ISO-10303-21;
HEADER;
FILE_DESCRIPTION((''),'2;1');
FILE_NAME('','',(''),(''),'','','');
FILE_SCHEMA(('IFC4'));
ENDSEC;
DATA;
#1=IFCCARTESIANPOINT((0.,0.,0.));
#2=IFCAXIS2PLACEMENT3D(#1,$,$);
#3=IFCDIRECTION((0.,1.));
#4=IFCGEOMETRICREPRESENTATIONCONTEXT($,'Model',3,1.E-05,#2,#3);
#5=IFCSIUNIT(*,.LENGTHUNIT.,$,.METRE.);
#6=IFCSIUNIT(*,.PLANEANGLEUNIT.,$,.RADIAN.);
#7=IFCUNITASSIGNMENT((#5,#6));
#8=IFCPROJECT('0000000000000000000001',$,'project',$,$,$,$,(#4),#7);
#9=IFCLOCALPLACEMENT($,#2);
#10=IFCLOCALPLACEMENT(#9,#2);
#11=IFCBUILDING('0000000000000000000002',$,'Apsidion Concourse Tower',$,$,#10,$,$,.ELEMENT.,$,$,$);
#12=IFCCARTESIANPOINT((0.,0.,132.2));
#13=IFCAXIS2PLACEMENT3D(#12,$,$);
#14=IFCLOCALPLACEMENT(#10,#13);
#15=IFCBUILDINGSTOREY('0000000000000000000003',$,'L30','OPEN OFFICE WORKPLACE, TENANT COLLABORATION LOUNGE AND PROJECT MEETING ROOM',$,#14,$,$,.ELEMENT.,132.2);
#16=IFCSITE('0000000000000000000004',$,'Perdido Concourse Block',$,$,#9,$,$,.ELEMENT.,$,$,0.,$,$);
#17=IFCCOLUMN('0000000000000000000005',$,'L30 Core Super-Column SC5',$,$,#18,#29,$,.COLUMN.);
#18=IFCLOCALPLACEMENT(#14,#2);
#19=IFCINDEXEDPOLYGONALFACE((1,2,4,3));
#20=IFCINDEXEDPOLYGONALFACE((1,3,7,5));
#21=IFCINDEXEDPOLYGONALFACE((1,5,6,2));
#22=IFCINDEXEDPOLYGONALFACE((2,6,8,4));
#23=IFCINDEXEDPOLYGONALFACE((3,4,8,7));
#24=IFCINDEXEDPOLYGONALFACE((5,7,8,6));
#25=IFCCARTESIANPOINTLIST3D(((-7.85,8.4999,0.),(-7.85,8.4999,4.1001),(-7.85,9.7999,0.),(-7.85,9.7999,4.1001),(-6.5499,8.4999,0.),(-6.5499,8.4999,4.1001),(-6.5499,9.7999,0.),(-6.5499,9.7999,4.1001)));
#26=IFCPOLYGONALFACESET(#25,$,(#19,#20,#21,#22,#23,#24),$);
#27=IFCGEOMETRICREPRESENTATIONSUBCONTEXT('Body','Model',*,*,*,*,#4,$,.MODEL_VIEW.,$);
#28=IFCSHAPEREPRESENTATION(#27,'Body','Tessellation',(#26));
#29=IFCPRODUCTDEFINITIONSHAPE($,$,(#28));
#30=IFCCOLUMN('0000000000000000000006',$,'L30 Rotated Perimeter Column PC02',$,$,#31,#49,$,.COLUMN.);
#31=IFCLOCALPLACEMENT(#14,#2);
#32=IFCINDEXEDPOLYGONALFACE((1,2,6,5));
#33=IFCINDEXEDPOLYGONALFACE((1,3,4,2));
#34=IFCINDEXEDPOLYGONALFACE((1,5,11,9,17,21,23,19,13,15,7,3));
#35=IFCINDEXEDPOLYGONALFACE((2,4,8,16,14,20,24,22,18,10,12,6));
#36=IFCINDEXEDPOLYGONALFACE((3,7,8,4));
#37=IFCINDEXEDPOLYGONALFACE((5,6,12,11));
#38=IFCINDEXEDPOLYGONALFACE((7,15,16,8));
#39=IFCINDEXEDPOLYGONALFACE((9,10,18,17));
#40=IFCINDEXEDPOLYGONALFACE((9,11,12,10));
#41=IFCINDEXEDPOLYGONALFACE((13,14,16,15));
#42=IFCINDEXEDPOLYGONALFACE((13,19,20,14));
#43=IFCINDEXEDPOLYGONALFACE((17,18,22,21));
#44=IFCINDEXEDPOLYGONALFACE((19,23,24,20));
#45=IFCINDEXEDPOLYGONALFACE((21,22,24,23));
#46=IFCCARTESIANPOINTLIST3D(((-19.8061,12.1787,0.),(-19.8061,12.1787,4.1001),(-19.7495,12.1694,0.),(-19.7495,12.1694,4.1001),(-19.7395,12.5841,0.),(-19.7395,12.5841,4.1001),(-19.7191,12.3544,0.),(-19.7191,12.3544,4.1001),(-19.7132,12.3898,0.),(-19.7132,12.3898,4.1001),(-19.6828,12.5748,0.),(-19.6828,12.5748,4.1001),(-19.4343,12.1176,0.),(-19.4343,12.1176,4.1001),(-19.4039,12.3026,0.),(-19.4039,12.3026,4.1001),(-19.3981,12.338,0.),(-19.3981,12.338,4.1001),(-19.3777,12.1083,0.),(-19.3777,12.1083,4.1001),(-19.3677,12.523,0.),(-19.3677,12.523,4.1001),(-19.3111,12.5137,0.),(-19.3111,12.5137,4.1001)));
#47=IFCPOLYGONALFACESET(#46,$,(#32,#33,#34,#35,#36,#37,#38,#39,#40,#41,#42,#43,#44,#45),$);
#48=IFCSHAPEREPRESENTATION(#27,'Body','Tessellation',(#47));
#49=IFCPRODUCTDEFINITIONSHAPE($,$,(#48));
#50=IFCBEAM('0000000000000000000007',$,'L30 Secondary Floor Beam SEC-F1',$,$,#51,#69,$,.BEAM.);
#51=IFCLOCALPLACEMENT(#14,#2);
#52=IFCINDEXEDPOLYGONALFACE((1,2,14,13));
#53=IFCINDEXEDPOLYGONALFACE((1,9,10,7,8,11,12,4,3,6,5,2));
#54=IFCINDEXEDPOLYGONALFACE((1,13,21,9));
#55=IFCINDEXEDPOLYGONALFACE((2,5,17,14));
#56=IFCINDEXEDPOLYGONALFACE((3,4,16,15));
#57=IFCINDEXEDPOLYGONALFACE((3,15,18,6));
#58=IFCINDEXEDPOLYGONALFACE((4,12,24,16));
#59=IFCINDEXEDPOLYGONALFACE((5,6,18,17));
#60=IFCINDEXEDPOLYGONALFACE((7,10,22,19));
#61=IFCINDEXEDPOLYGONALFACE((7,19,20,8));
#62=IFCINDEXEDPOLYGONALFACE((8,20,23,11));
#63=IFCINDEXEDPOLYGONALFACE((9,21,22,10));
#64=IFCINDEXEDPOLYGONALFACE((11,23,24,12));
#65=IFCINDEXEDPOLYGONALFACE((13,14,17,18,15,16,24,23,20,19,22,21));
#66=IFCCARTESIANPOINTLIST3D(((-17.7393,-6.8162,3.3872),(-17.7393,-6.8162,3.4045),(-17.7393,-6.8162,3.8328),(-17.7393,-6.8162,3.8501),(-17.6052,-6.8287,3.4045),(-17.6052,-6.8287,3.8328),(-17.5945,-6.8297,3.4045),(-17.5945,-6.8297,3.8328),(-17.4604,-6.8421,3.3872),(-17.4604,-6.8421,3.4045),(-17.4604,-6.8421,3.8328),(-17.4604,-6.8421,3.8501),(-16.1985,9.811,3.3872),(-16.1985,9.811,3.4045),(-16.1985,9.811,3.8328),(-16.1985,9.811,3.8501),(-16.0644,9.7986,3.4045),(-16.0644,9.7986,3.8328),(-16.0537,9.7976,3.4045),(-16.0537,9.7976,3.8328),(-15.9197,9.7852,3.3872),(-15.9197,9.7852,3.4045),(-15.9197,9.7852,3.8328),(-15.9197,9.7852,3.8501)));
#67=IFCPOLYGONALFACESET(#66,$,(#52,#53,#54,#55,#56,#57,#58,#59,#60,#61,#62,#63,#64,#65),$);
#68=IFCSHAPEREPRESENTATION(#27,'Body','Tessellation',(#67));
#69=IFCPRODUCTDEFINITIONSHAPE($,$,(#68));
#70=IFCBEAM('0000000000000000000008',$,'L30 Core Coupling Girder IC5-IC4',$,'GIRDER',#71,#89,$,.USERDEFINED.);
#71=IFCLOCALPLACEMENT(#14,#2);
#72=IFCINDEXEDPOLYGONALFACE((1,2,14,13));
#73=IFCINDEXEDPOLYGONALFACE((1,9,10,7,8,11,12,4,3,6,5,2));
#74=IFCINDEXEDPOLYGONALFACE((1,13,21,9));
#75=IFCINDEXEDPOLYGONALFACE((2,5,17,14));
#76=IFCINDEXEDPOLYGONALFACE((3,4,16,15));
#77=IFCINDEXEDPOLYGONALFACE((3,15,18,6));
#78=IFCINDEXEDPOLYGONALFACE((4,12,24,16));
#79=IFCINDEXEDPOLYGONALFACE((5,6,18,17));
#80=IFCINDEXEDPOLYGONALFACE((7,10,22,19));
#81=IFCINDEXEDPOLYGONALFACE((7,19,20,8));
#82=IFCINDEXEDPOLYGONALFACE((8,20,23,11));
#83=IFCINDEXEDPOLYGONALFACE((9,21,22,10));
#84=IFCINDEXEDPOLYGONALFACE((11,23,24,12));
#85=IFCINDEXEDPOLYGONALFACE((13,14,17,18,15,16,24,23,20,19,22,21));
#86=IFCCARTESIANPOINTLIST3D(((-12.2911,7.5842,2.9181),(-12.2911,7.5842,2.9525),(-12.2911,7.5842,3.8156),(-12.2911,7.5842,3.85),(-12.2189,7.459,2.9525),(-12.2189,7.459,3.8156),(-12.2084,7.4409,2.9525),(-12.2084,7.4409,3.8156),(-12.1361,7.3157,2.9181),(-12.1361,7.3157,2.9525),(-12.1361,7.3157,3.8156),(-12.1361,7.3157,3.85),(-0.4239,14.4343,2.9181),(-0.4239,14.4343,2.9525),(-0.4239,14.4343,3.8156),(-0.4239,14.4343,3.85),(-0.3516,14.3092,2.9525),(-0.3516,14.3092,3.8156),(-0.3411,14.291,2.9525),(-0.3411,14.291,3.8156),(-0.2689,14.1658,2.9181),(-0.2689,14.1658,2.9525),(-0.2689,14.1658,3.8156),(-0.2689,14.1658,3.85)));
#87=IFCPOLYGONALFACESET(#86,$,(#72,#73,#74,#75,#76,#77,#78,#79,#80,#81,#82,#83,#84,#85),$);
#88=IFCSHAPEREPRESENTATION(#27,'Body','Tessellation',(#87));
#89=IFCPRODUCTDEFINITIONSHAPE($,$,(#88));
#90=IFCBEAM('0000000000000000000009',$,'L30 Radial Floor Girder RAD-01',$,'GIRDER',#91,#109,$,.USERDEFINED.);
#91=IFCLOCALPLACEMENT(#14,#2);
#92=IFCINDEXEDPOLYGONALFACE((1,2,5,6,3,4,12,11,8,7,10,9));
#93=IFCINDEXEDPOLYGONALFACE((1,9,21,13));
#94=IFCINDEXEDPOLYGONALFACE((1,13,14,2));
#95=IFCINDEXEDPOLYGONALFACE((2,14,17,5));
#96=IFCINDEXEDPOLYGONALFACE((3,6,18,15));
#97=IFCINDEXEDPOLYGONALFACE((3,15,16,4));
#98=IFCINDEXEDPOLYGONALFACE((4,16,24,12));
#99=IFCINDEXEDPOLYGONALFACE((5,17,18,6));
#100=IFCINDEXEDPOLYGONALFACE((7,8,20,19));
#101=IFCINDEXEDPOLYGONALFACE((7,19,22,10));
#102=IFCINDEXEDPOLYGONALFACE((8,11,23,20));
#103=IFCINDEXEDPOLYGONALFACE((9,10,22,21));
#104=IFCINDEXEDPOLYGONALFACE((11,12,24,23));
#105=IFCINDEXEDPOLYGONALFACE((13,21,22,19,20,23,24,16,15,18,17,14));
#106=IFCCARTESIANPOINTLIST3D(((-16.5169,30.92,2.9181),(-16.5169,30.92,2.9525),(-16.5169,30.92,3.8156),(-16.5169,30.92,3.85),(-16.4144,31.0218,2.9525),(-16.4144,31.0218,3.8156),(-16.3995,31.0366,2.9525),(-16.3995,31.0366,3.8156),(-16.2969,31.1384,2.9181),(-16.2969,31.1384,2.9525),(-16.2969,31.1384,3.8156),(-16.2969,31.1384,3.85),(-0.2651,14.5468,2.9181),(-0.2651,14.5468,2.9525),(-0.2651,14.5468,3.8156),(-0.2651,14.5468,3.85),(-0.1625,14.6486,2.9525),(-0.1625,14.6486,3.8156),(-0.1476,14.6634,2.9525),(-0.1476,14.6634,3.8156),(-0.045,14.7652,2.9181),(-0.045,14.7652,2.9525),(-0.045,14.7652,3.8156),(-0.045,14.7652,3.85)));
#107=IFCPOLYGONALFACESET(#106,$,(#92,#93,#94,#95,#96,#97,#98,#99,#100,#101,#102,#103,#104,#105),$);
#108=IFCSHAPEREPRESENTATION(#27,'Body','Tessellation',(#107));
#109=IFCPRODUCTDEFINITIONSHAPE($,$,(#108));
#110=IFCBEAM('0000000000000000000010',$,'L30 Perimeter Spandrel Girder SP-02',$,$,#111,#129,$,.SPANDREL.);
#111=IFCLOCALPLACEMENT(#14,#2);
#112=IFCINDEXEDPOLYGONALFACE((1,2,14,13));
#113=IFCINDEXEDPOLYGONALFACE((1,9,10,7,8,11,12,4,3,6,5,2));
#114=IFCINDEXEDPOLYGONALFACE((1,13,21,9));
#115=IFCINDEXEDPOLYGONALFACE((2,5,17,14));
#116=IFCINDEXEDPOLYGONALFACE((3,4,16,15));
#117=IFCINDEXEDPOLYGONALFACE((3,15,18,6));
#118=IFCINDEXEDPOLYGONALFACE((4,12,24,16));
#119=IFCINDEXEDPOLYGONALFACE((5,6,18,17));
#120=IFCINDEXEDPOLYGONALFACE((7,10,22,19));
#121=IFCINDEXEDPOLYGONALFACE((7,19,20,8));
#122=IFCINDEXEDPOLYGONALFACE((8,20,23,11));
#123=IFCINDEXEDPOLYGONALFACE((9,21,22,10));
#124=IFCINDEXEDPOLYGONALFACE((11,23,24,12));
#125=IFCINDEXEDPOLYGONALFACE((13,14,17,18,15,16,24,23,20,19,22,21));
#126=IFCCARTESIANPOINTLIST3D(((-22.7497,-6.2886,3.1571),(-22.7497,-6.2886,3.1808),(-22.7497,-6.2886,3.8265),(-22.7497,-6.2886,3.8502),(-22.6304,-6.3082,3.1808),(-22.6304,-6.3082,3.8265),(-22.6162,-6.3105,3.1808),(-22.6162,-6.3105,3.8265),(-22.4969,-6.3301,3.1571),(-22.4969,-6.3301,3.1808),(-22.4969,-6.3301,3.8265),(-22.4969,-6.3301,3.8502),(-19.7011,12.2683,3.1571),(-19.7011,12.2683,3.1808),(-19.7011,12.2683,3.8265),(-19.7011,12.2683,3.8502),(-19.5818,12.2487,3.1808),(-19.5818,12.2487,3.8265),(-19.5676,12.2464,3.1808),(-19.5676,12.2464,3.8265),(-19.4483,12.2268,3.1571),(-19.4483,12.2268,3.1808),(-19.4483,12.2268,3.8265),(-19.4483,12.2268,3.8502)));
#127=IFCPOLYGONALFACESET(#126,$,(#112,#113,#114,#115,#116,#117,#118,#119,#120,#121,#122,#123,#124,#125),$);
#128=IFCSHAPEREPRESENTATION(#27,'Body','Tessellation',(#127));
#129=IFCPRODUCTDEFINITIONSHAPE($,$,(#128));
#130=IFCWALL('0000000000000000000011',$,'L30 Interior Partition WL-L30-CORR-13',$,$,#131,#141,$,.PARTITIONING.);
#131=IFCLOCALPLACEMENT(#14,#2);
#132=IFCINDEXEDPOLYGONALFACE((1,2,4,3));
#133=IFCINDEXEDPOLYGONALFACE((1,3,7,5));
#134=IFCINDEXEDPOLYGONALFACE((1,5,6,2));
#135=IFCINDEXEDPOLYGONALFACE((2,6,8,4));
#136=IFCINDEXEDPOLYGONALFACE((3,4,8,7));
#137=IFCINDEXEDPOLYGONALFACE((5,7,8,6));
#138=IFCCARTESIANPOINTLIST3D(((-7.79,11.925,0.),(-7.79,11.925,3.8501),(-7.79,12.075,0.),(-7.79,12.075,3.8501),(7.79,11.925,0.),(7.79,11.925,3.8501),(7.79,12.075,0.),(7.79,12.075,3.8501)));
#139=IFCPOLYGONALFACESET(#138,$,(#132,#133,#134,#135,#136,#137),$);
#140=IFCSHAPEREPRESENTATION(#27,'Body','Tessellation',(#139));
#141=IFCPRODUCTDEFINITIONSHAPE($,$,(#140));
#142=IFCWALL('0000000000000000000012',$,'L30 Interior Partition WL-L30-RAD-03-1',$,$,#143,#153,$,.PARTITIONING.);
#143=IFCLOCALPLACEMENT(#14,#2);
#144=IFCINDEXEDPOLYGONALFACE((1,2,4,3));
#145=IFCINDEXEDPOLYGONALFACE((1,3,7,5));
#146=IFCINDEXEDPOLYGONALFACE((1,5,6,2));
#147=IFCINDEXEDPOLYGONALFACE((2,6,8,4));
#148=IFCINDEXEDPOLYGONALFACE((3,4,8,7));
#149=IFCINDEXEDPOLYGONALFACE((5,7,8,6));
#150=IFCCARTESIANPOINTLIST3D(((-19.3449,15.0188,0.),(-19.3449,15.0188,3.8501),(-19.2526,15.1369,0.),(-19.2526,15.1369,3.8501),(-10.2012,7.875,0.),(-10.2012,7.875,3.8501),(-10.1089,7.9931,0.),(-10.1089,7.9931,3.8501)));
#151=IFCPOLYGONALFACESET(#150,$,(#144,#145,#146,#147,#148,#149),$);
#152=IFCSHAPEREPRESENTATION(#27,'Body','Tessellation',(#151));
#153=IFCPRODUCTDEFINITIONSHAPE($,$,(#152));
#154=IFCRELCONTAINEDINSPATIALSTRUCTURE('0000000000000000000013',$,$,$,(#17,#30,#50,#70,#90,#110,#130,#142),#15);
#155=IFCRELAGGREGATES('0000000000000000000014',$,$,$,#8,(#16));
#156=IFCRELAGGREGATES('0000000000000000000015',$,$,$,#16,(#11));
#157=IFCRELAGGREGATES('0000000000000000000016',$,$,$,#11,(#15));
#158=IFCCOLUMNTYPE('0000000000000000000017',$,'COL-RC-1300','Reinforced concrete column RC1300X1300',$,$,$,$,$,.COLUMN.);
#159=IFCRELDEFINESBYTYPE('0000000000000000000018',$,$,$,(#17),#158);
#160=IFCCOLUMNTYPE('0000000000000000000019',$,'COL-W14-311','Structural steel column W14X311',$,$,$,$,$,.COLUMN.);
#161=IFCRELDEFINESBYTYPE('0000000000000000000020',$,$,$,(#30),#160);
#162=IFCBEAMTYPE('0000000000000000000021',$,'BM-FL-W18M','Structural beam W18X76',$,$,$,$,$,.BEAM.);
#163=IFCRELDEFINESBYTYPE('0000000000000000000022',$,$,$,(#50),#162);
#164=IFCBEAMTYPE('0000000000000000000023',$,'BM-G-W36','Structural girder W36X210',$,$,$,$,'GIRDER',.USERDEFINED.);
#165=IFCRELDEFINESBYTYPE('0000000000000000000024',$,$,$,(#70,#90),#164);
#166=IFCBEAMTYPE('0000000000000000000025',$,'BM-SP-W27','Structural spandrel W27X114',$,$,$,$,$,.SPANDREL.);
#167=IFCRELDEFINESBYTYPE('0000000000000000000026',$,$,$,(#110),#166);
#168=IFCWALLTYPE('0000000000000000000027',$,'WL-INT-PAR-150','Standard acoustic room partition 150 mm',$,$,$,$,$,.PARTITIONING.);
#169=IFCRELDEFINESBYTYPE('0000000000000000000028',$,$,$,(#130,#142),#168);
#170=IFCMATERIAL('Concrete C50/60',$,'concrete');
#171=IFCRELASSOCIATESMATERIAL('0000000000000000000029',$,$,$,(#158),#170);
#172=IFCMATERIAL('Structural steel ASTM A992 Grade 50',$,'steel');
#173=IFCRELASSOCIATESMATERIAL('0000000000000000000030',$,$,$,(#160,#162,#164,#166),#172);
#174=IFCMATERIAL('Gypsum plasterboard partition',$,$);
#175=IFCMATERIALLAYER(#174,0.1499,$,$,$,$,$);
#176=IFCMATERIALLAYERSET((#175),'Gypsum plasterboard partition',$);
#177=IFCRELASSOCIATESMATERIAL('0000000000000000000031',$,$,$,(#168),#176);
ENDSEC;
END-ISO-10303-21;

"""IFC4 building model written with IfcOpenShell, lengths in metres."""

from ifc_helpers import new_model, si_unit, direction, frame, frame_2d, origin, origin_2d, place, context, subcontext, project, spatial, rectangle, i_section, extrude, material, layer, layer_set, material_profile, profile_set, type_object, element, save


model = new_model("IFC4")

# Units and contexts
model_context = context("Model", 3, precision=1e-05, world=origin(), true_north=direction((0.0, 1.0)))
body_context = subcontext(model_context, "Body", "Model", "MODEL_VIEW")
ifc_project = project(units=[si_unit("LENGTHUNIT", "METRE"), si_unit("PLANEANGLEUNIT", "RADIAN")], contexts=[model_context])

# Site, building, storey
site_placement = place(None, origin())
site = spatial("IfcSite", under=ifc_project, at=site_placement, Name="Perdido Concourse Block", CompositionType="ELEMENT", RefElevation=0.0)
building_placement = place(site_placement, origin())
building = spatial("IfcBuilding", under=site, at=building_placement, Name="Apsidion Concourse Tower", CompositionType="ELEMENT")
storey_placement = place(building_placement, frame((0.0, 0.0, 132.2)))
storey = spatial("IfcBuildingStorey", under=building, at=storey_placement, Name="L30", Description="OPEN OFFICE WORKPLACE, TENANT COLLABORATION LOUNGE AND PROJECT MEETING ROOM", CompositionType="ELEMENT", Elevation=132.2)

# Columns
ifc_material_1 = material(Name="Concrete C50/60", Category="concrete")
ifc_material_profile_1 = material_profile(ifc_material_1, rectangle(XDim=1.3, YDim=1.3, at=origin_2d()), Name="RC 1300x1300")
ifc_profile_set_1 = profile_set([ifc_material_profile_1], Name="Concrete C50/60")
column_type_1 = type_object("IfcColumnType", Name="COL-RC-1300", Description="Reinforced concrete column RC1300X1300", PredefinedType="COLUMN", material=ifc_profile_set_1)
column_1_placement = place(storey_placement, frame((-7.2, 9.1499, 0.0), z_axis=(0.0, 0.0, 1.0), x_axis=(1.0, 0.0, 0.0)))
element("IfcColumn", 1, at=column_1_placement, inside=storey, type_object=column_type_1, Name="L30 Core Super-Column SC5", PredefinedType="COLUMN", context=body_context, shape_type="SweptSolid", body=[
    extrude(rectangle(XDim=1.3, YDim=1.3, at=origin_2d()), origin(), (0.0, 0.0, 1.0), 4.1001),
])
ifc_material_2 = material(Name="Structural steel ASTM A992 Grade 50", Category="steel")
ifc_material_profile_2 = material_profile(ifc_material_2, i_section(OverallWidth=0.4109, OverallDepth=0.4341, WebThickness=0.0359, FlangeThickness=0.0574, at=origin_2d()), Name="W14X311")
ifc_profile_set_2 = profile_set([ifc_material_profile_2], Name="Structural steel ASTM A992 Grade 50")
column_type_2 = type_object("IfcColumnType", Name="COL-W14-311", Description="Structural steel column W14X311", PredefinedType="COLUMN", material=ifc_profile_set_2)
column_2_placement = place(storey_placement, frame((-19.5586, 12.3462, 0.0), z_axis=(0.0, 0.0, 1.0), x_axis=(0.162121, 0.986771, 0.0)))
element("IfcColumn", 2, at=column_2_placement, inside=storey, type_object=column_type_2, Name="L30 Rotated Perimeter Column PC02", PredefinedType="COLUMN", context=body_context, shape_type="SweptSolid", body=[
    extrude(i_section(OverallWidth=0.4109, OverallDepth=0.4341, WebThickness=0.0359, FlangeThickness=0.0574, at=origin_2d()), origin(), (0.0, 0.0, 1.0), 4.1001),
])

# Beams
ifc_material_profile_3 = material_profile(ifc_material_2, i_section(OverallWidth=0.28, OverallDepth=0.4629, WebThickness=0.0107, FlangeThickness=0.0173, at=origin_2d()), Name="W18X76")
ifc_profile_set_3 = profile_set([ifc_material_profile_3], Name="Structural steel ASTM A992 Grade 50")
beam_type_1 = type_object("IfcBeamType", Name="BM-FL-W18M", Description="Structural beam W18X76", PredefinedType="BEAM", material=ifc_profile_set_3)
beam_1_placement = place(storey_placement, frame((-16.0591, 9.7981, 3.6187), z_axis=(-0.09227, -0.995734, 0.0), x_axis=(0.995734, -0.09227, 0.0)))
element("IfcBeam", 3, at=beam_1_placement, inside=storey, type_object=beam_type_1, Name="L30 Secondary Floor Beam SEC-F1", PredefinedType="BEAM", context=body_context, shape_type="SweptSolid", body=[
    extrude(i_section(OverallWidth=0.28, OverallDepth=0.4629, WebThickness=0.0107, FlangeThickness=0.0173, at=origin_2d()), origin(), (0.0, 0.0, 1.0), 16.6985),
])
ifc_material_profile_4 = material_profile(ifc_material_2, i_section(OverallWidth=0.3101, OverallDepth=0.9319, WebThickness=0.021, FlangeThickness=0.0344, at=origin_2d()), Name="W36X210")
ifc_profile_set_4 = profile_set([ifc_material_profile_4], Name="Structural steel ASTM A992 Grade 50")
beam_type_2 = type_object("IfcBeamType", Name="BM-G-W36", Description="Structural girder W36X210", ElementType="GIRDER", PredefinedType="USERDEFINED", material=ifc_profile_set_4)
beam_2_placement = place(storey_placement, frame((-12.2136, 7.45, 3.384), z_axis=(0.86607, 0.499922, 0.0), x_axis=(-0.499922, 0.86607, 0.0)))
element("IfcBeam", 4, at=beam_2_placement, inside=storey, type_object=beam_type_2, Name="L30 Core Coupling Girder IC5-IC4", ObjectType="GIRDER", PredefinedType="USERDEFINED", context=body_context, shape_type="SweptSolid", body=[
    extrude(i_section(OverallWidth=0.3101, OverallDepth=0.9319, WebThickness=0.021, FlangeThickness=0.0344, at=origin_2d()), origin(), (0.0, 0.0, 1.0), 13.7024),
])
beam_3_placement = place(storey_placement, frame((-0.155, 14.656, 3.384), z_axis=(-0.704472, 0.709732, 0.0), x_axis=(-0.709732, -0.704472, 0.0)))
element("IfcBeam", 5, at=beam_3_placement, inside=storey, type_object=beam_type_2, Name="L30 Radial Floor Girder RAD-01", ObjectType="GIRDER", PredefinedType="USERDEFINED", context=body_context, shape_type="SweptSolid", body=[
    extrude(i_section(OverallWidth=0.3101, OverallDepth=0.9319, WebThickness=0.021, FlangeThickness=0.0344, at=origin_2d()), origin(), (0.0, 0.0, 1.0), 23.0696),
])
ifc_material_profile_5 = material_profile(ifc_material_2, i_section(OverallWidth=0.2561, OverallDepth=0.6931, WebThickness=0.0144, FlangeThickness=0.0237, at=origin_2d()), Name="W27X114")
ifc_profile_set_5 = profile_set([ifc_material_profile_5], Name="Structural steel ASTM A992 Grade 50")
beam_type_3 = type_object("IfcBeamType", Name="BM-SP-W27", Description="Structural spandrel W27X114", PredefinedType="SPANDREL", material=ifc_profile_set_5)
beam_4_placement = place(storey_placement, frame((-19.5747, 12.2476, 3.5037), z_axis=(-0.16211, -0.986773, 0.0), x_axis=(0.986773, -0.16211, 0.0)))
element("IfcBeam", 6, at=beam_4_placement, inside=storey, type_object=beam_type_3, Name="L30 Perimeter Spandrel Girder SP-02", PredefinedType="SPANDREL", context=body_context, shape_type="SweptSolid", body=[
    extrude(i_section(OverallWidth=0.2561, OverallDepth=0.6931, WebThickness=0.0144, FlangeThickness=0.0237, at=origin_2d()), origin(), (0.0, 0.0, 1.0), 18.8057),
])

# Walls
ifc_material_3 = material(Name="Gypsum plasterboard partition")
ifc_layer_1 = layer(ifc_material_3, 0.1499)
ifc_layer_set_1 = layer_set([ifc_layer_1], Name="Gypsum plasterboard partition")
wall_type_1 = type_object("IfcWallType", Name="WL-INT-PAR-150", Description="Standard acoustic room partition 150 mm", PredefinedType="PARTITIONING", material=ifc_layer_set_1)
wall_1_placement = place(storey_placement, frame((-7.79, 12.0, 0.0), z_axis=(0.0, 0.0, 1.0), x_axis=(1.0, 0.0, 0.0)))
element("IfcWall", 7, at=wall_1_placement, inside=storey, type_object=wall_type_1, Name="L30 Interior Partition WL-L30-CORR-13", PredefinedType="PARTITIONING", context=body_context, shape_type="SweptSolid", body=[
    extrude(rectangle(XDim=15.5801, YDim=0.1499, at=frame_2d((7.79, 0.0))), origin(), (0.0, 0.0, 1.0), 3.8501),
])
wall_2_placement = place(storey_placement, frame((-10.155, 7.9341, 0.0), z_axis=(0.0, 0.0, 1.0), x_axis=(-0.788016, 0.615655, 0.0)))
element("IfcWall", 8, at=wall_2_placement, inside=storey, type_object=wall_type_1, Name="L30 Interior Partition WL-L30-RAD-03-1", PredefinedType="PARTITIONING", context=body_context, shape_type="SweptSolid", body=[
    extrude(rectangle(XDim=11.6035, YDim=0.1499, at=frame_2d((5.8018, 0.0))), origin(), (0.0, 0.0, 1.0), 3.8501),
])

save(model, "model.ifc")
